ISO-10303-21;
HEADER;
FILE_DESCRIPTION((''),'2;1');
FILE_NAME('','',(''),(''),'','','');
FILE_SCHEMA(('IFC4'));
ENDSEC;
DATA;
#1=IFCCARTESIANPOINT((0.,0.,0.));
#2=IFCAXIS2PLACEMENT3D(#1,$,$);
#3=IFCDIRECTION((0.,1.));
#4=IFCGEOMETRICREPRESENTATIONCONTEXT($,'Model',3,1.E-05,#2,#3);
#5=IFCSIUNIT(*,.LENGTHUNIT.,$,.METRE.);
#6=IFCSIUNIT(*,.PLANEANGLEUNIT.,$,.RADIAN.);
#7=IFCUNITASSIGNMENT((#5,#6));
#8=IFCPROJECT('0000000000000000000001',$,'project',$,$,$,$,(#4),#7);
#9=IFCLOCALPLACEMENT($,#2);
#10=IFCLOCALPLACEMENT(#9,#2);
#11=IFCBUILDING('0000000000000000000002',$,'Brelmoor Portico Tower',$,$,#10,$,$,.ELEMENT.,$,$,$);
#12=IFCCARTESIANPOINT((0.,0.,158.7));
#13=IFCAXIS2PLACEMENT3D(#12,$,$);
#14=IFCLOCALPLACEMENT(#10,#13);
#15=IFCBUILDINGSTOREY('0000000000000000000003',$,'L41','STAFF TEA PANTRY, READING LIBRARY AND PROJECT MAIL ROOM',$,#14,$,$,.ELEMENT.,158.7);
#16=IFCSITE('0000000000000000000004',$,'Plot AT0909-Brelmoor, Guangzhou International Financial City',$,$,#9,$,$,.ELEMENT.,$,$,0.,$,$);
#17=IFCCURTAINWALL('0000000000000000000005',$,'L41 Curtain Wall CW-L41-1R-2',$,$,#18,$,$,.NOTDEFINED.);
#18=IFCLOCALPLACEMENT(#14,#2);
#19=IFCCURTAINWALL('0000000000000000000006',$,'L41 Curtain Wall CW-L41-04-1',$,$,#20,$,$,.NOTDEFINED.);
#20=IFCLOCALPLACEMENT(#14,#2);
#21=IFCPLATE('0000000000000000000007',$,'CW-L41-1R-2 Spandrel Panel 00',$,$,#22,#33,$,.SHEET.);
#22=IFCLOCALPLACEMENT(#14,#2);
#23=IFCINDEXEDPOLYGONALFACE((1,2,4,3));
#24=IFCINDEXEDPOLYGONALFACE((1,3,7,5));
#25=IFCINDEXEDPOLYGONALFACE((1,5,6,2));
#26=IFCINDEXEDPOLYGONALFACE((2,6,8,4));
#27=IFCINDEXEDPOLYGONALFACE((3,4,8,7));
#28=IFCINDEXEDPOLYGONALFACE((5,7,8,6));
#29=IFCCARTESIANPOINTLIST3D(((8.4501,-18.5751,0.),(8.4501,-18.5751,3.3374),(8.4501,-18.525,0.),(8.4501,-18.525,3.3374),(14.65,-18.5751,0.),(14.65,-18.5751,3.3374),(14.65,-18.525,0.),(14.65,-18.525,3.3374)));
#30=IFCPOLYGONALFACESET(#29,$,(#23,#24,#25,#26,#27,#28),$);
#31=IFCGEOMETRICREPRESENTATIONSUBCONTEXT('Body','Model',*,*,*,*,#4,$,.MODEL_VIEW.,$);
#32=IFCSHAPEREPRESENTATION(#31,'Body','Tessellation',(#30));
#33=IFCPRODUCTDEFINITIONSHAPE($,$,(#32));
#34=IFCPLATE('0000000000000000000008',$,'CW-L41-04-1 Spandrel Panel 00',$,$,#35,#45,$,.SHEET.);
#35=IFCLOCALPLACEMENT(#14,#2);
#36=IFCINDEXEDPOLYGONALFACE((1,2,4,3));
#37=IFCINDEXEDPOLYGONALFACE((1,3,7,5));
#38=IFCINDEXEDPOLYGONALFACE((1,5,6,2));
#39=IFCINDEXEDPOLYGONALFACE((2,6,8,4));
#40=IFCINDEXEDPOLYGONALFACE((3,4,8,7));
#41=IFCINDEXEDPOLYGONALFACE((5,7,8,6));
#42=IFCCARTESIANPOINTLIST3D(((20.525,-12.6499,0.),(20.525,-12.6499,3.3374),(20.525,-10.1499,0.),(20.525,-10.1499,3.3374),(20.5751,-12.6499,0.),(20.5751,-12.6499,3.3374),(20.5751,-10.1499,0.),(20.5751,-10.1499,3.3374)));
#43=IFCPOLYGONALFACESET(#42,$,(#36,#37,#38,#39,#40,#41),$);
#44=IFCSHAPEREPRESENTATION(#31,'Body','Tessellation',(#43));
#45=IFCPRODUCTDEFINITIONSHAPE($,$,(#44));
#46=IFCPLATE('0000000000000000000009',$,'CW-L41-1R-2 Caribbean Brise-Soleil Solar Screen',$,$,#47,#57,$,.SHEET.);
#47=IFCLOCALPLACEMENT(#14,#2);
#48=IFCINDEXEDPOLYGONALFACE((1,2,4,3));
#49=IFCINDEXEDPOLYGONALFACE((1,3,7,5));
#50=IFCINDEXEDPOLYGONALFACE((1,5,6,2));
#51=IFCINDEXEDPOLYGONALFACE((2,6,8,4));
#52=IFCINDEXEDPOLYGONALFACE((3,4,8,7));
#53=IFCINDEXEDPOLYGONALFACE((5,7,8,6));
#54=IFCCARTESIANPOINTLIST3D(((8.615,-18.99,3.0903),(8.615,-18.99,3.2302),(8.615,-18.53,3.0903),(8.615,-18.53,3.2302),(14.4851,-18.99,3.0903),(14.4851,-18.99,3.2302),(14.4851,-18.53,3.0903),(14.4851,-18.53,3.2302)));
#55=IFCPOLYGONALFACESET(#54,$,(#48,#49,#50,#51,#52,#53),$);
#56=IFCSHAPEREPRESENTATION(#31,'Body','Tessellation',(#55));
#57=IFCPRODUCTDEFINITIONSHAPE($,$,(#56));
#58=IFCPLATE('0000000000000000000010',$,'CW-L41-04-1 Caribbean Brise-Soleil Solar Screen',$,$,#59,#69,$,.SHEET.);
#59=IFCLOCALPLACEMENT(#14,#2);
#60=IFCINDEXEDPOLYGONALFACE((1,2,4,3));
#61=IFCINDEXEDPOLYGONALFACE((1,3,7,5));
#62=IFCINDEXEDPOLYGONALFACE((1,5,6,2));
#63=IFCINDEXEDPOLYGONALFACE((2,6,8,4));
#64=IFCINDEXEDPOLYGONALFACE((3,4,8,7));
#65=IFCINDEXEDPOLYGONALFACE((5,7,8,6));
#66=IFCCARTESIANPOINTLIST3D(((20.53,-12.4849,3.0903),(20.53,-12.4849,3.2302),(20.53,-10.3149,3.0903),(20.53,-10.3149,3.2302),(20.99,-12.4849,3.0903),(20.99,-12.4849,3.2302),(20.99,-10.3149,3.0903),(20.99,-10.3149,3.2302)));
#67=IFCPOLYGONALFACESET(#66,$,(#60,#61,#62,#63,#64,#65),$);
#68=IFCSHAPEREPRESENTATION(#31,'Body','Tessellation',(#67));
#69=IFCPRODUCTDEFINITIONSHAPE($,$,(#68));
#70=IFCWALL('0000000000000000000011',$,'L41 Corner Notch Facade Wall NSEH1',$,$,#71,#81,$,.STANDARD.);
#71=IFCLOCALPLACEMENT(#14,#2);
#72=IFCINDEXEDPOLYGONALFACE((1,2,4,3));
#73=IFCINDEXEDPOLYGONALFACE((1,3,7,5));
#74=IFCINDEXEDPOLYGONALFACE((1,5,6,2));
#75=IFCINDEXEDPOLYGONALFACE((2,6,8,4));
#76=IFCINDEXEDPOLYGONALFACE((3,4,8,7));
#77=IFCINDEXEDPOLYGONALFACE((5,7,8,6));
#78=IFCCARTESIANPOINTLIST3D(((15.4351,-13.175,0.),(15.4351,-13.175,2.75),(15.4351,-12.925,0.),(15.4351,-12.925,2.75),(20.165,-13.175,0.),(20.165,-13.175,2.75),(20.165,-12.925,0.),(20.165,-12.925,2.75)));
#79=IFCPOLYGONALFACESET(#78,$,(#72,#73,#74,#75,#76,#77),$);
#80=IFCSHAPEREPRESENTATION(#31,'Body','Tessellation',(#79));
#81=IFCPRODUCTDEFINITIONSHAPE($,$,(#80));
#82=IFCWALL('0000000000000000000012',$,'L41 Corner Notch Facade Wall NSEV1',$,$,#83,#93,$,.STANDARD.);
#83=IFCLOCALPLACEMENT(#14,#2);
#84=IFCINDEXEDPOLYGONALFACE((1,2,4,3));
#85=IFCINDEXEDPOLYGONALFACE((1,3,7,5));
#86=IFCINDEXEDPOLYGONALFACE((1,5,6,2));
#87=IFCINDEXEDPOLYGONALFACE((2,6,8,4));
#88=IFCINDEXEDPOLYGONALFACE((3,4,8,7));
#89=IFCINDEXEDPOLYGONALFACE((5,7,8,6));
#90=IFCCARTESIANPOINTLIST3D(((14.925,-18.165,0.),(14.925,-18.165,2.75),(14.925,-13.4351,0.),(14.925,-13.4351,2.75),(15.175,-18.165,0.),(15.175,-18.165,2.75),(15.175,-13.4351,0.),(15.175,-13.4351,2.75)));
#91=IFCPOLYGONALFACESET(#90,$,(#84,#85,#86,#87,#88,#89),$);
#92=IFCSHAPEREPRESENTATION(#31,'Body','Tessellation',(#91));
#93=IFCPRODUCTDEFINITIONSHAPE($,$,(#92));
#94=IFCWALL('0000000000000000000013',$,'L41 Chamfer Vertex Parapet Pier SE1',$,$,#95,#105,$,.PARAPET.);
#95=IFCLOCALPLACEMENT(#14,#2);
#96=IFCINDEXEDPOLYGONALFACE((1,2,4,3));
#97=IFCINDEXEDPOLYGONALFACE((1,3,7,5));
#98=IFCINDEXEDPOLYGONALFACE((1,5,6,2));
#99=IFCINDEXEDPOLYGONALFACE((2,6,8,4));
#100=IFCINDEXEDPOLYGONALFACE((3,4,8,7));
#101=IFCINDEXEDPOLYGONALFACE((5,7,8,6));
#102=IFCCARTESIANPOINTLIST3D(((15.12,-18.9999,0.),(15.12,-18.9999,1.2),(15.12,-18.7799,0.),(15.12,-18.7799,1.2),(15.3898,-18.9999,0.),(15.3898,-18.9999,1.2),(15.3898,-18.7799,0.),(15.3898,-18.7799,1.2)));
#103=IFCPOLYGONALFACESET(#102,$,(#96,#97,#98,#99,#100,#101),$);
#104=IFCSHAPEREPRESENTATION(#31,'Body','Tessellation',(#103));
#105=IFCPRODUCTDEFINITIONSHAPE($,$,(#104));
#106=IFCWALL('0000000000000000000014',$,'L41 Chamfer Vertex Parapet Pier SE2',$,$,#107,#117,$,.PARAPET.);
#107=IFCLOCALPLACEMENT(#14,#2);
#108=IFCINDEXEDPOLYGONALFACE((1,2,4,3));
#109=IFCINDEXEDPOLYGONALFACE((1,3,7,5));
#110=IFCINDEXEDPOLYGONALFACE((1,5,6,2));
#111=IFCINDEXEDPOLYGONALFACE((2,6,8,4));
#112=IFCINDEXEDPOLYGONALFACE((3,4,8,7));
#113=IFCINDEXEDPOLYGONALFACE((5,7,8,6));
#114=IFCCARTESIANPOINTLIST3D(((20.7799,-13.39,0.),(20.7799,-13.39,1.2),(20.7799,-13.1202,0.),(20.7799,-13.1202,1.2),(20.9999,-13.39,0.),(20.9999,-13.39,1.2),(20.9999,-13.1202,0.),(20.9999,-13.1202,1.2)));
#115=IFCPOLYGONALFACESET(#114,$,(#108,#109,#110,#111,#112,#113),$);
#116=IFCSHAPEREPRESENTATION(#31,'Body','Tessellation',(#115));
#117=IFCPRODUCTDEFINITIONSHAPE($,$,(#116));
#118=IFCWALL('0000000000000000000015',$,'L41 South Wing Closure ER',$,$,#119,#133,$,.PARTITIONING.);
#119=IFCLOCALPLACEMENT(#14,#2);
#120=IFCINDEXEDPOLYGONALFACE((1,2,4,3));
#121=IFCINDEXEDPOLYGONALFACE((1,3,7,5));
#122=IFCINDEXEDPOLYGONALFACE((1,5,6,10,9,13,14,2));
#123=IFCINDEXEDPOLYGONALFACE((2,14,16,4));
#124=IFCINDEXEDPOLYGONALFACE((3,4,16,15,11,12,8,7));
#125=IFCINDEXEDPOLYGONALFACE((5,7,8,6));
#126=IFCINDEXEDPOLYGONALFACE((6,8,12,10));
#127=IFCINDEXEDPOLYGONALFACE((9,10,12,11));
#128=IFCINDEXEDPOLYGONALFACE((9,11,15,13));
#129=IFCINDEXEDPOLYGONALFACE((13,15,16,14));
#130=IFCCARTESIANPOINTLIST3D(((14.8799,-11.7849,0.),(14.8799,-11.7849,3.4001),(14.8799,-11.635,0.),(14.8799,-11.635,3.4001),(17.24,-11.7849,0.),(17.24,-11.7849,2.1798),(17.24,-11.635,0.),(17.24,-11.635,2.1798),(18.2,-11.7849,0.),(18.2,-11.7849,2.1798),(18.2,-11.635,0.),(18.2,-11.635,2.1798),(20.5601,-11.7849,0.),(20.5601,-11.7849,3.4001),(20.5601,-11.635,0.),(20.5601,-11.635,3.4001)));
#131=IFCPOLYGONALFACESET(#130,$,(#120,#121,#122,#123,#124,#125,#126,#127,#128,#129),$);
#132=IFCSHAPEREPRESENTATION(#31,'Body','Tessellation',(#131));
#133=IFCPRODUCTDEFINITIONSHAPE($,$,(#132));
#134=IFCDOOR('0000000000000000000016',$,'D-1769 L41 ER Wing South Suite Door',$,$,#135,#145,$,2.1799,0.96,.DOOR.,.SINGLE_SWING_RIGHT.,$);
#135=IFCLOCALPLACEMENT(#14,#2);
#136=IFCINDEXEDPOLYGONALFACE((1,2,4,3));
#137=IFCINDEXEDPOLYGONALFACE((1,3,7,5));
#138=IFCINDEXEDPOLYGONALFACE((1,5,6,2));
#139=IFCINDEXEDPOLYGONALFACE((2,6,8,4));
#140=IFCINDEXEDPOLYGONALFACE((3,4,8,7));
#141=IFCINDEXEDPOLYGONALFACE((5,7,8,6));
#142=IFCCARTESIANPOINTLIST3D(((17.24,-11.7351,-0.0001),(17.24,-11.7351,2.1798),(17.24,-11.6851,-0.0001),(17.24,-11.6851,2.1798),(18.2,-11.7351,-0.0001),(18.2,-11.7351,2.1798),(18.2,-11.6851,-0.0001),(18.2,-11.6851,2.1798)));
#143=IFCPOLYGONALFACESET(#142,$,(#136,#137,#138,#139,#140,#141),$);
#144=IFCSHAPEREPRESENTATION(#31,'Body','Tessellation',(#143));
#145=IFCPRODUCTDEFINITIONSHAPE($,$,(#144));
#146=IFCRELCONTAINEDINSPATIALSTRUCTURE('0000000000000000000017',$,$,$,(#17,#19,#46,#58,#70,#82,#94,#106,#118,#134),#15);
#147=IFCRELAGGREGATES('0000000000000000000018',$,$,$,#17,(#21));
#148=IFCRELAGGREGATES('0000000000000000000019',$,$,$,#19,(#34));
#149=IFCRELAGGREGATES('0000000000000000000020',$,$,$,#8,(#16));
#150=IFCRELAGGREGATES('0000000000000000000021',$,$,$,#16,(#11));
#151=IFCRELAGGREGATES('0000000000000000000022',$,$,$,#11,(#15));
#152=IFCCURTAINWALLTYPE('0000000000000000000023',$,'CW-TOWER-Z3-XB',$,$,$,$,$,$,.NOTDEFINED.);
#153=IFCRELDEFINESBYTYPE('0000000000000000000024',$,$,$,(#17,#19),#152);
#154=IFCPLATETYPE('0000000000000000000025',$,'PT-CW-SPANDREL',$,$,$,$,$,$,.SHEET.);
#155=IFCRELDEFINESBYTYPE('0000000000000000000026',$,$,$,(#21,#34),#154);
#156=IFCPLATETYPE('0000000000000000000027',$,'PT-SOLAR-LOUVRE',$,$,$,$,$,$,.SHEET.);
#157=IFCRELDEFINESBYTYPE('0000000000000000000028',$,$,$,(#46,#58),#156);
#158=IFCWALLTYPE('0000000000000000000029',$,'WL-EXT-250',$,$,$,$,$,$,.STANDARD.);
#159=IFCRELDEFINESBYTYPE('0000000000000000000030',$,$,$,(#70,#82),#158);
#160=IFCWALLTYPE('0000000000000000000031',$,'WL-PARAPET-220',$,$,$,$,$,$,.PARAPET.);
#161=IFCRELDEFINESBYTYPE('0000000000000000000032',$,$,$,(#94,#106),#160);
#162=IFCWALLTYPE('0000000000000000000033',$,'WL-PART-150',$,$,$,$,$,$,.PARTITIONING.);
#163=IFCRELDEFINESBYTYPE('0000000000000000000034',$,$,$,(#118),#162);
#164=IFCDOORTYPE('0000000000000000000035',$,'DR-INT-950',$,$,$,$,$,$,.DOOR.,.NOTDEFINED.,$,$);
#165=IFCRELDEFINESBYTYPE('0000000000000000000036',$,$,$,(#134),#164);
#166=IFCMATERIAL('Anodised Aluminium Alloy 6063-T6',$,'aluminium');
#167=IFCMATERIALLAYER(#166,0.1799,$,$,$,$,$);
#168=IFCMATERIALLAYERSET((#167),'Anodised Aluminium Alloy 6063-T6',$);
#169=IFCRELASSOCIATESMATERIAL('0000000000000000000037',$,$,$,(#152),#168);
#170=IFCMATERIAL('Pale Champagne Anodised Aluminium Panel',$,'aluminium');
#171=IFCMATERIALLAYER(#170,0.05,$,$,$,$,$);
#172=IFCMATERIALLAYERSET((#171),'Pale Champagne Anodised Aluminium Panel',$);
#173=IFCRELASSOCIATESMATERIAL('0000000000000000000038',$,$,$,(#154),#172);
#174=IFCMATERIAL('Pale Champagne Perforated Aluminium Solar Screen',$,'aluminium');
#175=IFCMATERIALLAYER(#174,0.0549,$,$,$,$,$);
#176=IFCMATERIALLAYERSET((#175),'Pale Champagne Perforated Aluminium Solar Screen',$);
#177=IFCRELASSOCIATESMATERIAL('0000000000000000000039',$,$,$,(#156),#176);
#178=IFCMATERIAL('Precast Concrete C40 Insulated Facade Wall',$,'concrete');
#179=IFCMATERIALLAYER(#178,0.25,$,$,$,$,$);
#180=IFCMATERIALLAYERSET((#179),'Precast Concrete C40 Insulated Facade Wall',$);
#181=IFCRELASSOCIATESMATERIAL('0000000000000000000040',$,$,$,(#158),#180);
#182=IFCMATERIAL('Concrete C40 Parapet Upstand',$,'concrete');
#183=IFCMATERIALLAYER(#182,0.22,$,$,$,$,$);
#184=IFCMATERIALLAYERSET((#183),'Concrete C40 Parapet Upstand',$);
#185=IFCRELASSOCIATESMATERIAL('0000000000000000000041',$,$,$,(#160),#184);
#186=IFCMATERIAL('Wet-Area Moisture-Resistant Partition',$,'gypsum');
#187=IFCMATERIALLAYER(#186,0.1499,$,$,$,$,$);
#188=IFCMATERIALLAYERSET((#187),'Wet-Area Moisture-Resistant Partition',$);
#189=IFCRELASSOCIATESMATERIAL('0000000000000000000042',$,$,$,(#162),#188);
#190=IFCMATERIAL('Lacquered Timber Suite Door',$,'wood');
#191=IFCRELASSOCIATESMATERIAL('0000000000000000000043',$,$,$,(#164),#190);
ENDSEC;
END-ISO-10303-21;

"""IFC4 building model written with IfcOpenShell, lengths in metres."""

from ifc_helpers import new_model, si_unit, direction, frame, frame_2d, origin, origin_2d, place, context, subcontext, project, spatial, rectangle, extrude, material, layer, layer_set, type_object, element, fill, aggregate, save


model = new_model("IFC4")

# Units and contexts
model_context = context("Model", 3, precision=1e-05, world=origin(), true_north=direction((0.0, 1.0)))
body_context = subcontext(model_context, "Body", "Model", "MODEL_VIEW")
ifc_project = project(units=[si_unit("LENGTHUNIT", "METRE"), si_unit("PLANEANGLEUNIT", "RADIAN")], contexts=[model_context])

# Site, building, storey
site_placement = place(None, origin())
site = spatial("IfcSite", under=ifc_project, at=site_placement, Name="Plot AT0909-Brelmoor, Guangzhou International Financial City", CompositionType="ELEMENT", RefElevation=0.0)
building_placement = place(site_placement, origin())
building = spatial("IfcBuilding", under=site, at=building_placement, Name="Brelmoor Portico Tower", CompositionType="ELEMENT")
storey_placement = place(building_placement, frame((0.0, 0.0, 158.7)))
storey = spatial("IfcBuildingStorey", under=building, at=storey_placement, Name="L41", Description="STAFF TEA PANTRY, READING LIBRARY AND PROJECT MAIL ROOM", CompositionType="ELEMENT", Elevation=158.7)

# Curtain wall
ifc_material_1 = material(Name="Anodised Aluminium Alloy 6063-T6", Category="aluminium")
ifc_layer_1 = layer(ifc_material_1, 0.1799)
ifc_layer_set_1 = layer_set([ifc_layer_1], Name="Anodised Aluminium Alloy 6063-T6")
curtain_wall_type = type_object("IfcCurtainWallType", Name="CW-TOWER-Z3-XB", PredefinedType="NOTDEFINED", material=ifc_layer_set_1)
curtain_wall_1_placement = place(storey_placement, origin())
curtain_wall_1 = element("IfcCurtainWall", 1, at=curtain_wall_1_placement, inside=storey, type_object=curtain_wall_type, Name="L41 Curtain Wall CW-L41-1R-2", PredefinedType="NOTDEFINED")

# Curtain wall
curtain_wall_2_placement = place(storey_placement, origin())
curtain_wall_2 = element("IfcCurtainWall", 2, at=curtain_wall_2_placement, inside=storey, type_object=curtain_wall_type, Name="L41 Curtain Wall CW-L41-04-1", PredefinedType="NOTDEFINED")

# Plates
ifc_material_2 = material(Name="Pale Champagne Anodised Aluminium Panel", Category="aluminium")
ifc_layer_2 = layer(ifc_material_2, 0.05)
ifc_layer_set_2 = layer_set([ifc_layer_2], Name="Pale Champagne Anodised Aluminium Panel")
plate_type_1 = type_object("IfcPlateType", Name="PT-CW-SPANDREL", PredefinedType="SHEET", material=ifc_layer_set_2)
plate_1_placement = place(storey_placement, frame((11.55, -18.55, 0.0), z_axis=(0.0, 0.0, 1.0), x_axis=(1.0, 0.0, 0.0)))
plate_1 = element("IfcPlate", 3, at=plate_1_placement, type_object=plate_type_1, Name="CW-L41-1R-2 Spandrel Panel 00", PredefinedType="SHEET", context=body_context, shape_type="SweptSolid", body=[
    extrude(rectangle(XDim=6.2, YDim=0.05, at=origin_2d()), origin(), (0.0, 0.0, 1.0), 3.3374),
])
aggregate(curtain_wall_1, [plate_1])
plate_2_placement = place(storey_placement, frame((20.55, -11.3999, 0.0), z_axis=(0.0, 0.0, 1.0), x_axis=(0.0, 1.0, 0.0)))
plate_2 = element("IfcPlate", 4, at=plate_2_placement, type_object=plate_type_1, Name="CW-L41-04-1 Spandrel Panel 00", PredefinedType="SHEET", context=body_context, shape_type="SweptSolid", body=[
    extrude(rectangle(XDim=2.5, YDim=0.05, at=origin_2d()), origin(), (0.0, 0.0, 1.0), 3.3374),
])
aggregate(curtain_wall_2, [plate_2])

# Plates
ifc_material_3 = material(Name="Pale Champagne Perforated Aluminium Solar Screen", Category="aluminium")
ifc_layer_3 = layer(ifc_material_3, 0.0549)
ifc_layer_set_3 = layer_set([ifc_layer_3], Name="Pale Champagne Perforated Aluminium Solar Screen")
plate_type_2 = type_object("IfcPlateType", Name="PT-SOLAR-LOUVRE", PredefinedType="SHEET", material=ifc_layer_set_3)
plate_3_placement = place(storey_placement, frame((11.55, -18.76, 3.0903), z_axis=(0.0, 0.0, 1.0), x_axis=(1.0, 0.0, 0.0)))
element("IfcPlate", 5, at=plate_3_placement, inside=storey, type_object=plate_type_2, Name="CW-L41-1R-2 Caribbean Brise-Soleil Solar Screen", PredefinedType="SHEET", context=body_context, shape_type="SweptSolid", body=[
    extrude(rectangle(XDim=5.8701, YDim=0.46, at=origin_2d()), origin(), (0.0, 0.0, 1.0), 0.1399),
])
plate_4_placement = place(storey_placement, frame((20.76, -11.3999, 3.0903), z_axis=(0.0, 0.0, 1.0), x_axis=(0.0, 1.0, 0.0)))
element("IfcPlate", 6, at=plate_4_placement, inside=storey, type_object=plate_type_2, Name="CW-L41-04-1 Caribbean Brise-Soleil Solar Screen", PredefinedType="SHEET", context=body_context, shape_type="SweptSolid", body=[
    extrude(rectangle(XDim=2.1699, YDim=0.46, at=origin_2d()), origin(), (0.0, 0.0, 1.0), 0.1399),
])

# Walls
ifc_material_4 = material(Name="Precast Concrete C40 Insulated Facade Wall", Category="concrete")
ifc_layer_4 = layer(ifc_material_4, 0.25)
ifc_layer_set_4 = layer_set([ifc_layer_4], Name="Precast Concrete C40 Insulated Facade Wall")
wall_type_1 = type_object("IfcWallType", Name="WL-EXT-250", PredefinedType="STANDARD", material=ifc_layer_set_4)
for number, where, z_axis, x_axis, name in (
    (7, (15.4351, -13.05, 0.0), (0.0, 0.0, 1.0), (1.0, 0.0, 0.0), "L41 Corner Notch Facade Wall NSEH1"),
    (8, (15.05, -18.165, 0.0), (0.0, 0.0, 1.0), (0.0, 1.0, 0.0), "L41 Corner Notch Facade Wall NSEV1"),
):
    element("IfcWall", number, at=place(storey_placement, frame(where, z_axis=z_axis, x_axis=x_axis)), inside=storey, type_object=wall_type_1, Name=name, PredefinedType="STANDARD", context=body_context, shape_type="SweptSolid", body=[
        extrude(rectangle(XDim=4.73, YDim=0.25, at=frame_2d((2.365, 0.0))), origin(), (0.0, 0.0, 1.0), 2.75),
    ])
ifc_material_5 = material(Name="Concrete C40 Parapet Upstand", Category="concrete")
ifc_layer_5 = layer(ifc_material_5, 0.22)
ifc_layer_set_5 = layer_set([ifc_layer_5], Name="Concrete C40 Parapet Upstand")
wall_type_2 = type_object("IfcWallType", Name="WL-PARAPET-220", PredefinedType="PARAPET", material=ifc_layer_set_5)
for number, where, z_axis, x_axis, name in (
    (9, (15.1201, -18.8899, 0.0), (0.0, 0.0, 1.0), (1.0, 0.0, 0.0), "L41 Chamfer Vertex Parapet Pier SE1"),
    (10, (20.8899, -13.3899, 0.0), (0.0, 0.0, 1.0), (0.0, 1.0, 0.0), "L41 Chamfer Vertex Parapet Pier SE2"),
):
    element("IfcWall", number, at=place(storey_placement, frame(where, z_axis=z_axis, x_axis=x_axis)), inside=storey, type_object=wall_type_2, Name=name, PredefinedType="PARAPET", context=body_context, shape_type="SweptSolid", body=[
        extrude(rectangle(XDim=0.2698, YDim=0.22, at=frame_2d((0.1348, 0.0))), origin(), (0.0, 0.0, 1.0), 1.2),
    ])

# Wall, opening, door
ifc_material_6 = material(Name="Wet-Area Moisture-Resistant Partition", Category="gypsum")
ifc_layer_6 = layer(ifc_material_6, 0.1499)
ifc_layer_set_6 = layer_set([ifc_layer_6], Name="Wet-Area Moisture-Resistant Partition")
wall_type_3 = type_object("IfcWallType", Name="WL-PART-150", PredefinedType="PARTITIONING", material=ifc_layer_set_6)
wall_placement = place(storey_placement, frame((14.8799, -11.71, 0.0), z_axis=(0.0, 0.0, 1.0), x_axis=(1.0, 0.0, 0.0)))
wall = element("IfcWall", 11, at=wall_placement, inside=storey, type_object=wall_type_3, Name="L41 South Wing Closure ER", PredefinedType="PARTITIONING", context=body_context, shape_type="SweptSolid", body=[
    extrude(rectangle(XDim=5.6802, YDim=0.1499, at=frame_2d((2.8401, 0.0))), origin(), (0.0, 0.0, 1.0), 3.4001),
])
opening_placement = place(wall_placement, frame((2.3601, 0.0, 0.0)))
opening = element("IfcOpeningElement", 12, at=opening_placement, cuts=wall, PredefinedType="OPENING", context=body_context, shape_type="SweptSolid", body=[
    extrude(rectangle(XDim=0.96, YDim=2.1799, at=frame_2d((0.48, 1.0898))), frame((0.0, 0.085, 0.0), z_axis=(0.0, -1.0, 0.0), x_axis=(1.0, 0.0, 0.0)), (0.0, 0.0, 1.0), 0.1699),
])
ifc_material_7 = material(Name="Lacquered Timber Suite Door", Category="wood")
door_type = type_object("IfcDoorType", Name="DR-INT-950", OperationType="NOTDEFINED", PredefinedType="DOOR", material=ifc_material_7)
door_placement = place(opening_placement, origin())
door = element("IfcDoor", 13, at=door_placement, inside=storey, type_object=door_type, Name="D-1769 L41 ER Wing South Suite Door", OperationType="SINGLE_SWING_RIGHT", OverallHeight=2.1799, OverallWidth=0.96, PredefinedType="DOOR", context=body_context, shape_type="SweptSolid", body=[
    extrude(rectangle(XDim=0.96, YDim=2.1799, at=frame_2d((0.48, 1.0898))), frame((0.0, 0.0249, 0.0), z_axis=(0.0, -1.0, 0.0), x_axis=(1.0, 0.0, 0.0)), (0.0, 0.0, 1.0), 0.05),
])
fill(opening, door)

save(model, "model.ifc")
